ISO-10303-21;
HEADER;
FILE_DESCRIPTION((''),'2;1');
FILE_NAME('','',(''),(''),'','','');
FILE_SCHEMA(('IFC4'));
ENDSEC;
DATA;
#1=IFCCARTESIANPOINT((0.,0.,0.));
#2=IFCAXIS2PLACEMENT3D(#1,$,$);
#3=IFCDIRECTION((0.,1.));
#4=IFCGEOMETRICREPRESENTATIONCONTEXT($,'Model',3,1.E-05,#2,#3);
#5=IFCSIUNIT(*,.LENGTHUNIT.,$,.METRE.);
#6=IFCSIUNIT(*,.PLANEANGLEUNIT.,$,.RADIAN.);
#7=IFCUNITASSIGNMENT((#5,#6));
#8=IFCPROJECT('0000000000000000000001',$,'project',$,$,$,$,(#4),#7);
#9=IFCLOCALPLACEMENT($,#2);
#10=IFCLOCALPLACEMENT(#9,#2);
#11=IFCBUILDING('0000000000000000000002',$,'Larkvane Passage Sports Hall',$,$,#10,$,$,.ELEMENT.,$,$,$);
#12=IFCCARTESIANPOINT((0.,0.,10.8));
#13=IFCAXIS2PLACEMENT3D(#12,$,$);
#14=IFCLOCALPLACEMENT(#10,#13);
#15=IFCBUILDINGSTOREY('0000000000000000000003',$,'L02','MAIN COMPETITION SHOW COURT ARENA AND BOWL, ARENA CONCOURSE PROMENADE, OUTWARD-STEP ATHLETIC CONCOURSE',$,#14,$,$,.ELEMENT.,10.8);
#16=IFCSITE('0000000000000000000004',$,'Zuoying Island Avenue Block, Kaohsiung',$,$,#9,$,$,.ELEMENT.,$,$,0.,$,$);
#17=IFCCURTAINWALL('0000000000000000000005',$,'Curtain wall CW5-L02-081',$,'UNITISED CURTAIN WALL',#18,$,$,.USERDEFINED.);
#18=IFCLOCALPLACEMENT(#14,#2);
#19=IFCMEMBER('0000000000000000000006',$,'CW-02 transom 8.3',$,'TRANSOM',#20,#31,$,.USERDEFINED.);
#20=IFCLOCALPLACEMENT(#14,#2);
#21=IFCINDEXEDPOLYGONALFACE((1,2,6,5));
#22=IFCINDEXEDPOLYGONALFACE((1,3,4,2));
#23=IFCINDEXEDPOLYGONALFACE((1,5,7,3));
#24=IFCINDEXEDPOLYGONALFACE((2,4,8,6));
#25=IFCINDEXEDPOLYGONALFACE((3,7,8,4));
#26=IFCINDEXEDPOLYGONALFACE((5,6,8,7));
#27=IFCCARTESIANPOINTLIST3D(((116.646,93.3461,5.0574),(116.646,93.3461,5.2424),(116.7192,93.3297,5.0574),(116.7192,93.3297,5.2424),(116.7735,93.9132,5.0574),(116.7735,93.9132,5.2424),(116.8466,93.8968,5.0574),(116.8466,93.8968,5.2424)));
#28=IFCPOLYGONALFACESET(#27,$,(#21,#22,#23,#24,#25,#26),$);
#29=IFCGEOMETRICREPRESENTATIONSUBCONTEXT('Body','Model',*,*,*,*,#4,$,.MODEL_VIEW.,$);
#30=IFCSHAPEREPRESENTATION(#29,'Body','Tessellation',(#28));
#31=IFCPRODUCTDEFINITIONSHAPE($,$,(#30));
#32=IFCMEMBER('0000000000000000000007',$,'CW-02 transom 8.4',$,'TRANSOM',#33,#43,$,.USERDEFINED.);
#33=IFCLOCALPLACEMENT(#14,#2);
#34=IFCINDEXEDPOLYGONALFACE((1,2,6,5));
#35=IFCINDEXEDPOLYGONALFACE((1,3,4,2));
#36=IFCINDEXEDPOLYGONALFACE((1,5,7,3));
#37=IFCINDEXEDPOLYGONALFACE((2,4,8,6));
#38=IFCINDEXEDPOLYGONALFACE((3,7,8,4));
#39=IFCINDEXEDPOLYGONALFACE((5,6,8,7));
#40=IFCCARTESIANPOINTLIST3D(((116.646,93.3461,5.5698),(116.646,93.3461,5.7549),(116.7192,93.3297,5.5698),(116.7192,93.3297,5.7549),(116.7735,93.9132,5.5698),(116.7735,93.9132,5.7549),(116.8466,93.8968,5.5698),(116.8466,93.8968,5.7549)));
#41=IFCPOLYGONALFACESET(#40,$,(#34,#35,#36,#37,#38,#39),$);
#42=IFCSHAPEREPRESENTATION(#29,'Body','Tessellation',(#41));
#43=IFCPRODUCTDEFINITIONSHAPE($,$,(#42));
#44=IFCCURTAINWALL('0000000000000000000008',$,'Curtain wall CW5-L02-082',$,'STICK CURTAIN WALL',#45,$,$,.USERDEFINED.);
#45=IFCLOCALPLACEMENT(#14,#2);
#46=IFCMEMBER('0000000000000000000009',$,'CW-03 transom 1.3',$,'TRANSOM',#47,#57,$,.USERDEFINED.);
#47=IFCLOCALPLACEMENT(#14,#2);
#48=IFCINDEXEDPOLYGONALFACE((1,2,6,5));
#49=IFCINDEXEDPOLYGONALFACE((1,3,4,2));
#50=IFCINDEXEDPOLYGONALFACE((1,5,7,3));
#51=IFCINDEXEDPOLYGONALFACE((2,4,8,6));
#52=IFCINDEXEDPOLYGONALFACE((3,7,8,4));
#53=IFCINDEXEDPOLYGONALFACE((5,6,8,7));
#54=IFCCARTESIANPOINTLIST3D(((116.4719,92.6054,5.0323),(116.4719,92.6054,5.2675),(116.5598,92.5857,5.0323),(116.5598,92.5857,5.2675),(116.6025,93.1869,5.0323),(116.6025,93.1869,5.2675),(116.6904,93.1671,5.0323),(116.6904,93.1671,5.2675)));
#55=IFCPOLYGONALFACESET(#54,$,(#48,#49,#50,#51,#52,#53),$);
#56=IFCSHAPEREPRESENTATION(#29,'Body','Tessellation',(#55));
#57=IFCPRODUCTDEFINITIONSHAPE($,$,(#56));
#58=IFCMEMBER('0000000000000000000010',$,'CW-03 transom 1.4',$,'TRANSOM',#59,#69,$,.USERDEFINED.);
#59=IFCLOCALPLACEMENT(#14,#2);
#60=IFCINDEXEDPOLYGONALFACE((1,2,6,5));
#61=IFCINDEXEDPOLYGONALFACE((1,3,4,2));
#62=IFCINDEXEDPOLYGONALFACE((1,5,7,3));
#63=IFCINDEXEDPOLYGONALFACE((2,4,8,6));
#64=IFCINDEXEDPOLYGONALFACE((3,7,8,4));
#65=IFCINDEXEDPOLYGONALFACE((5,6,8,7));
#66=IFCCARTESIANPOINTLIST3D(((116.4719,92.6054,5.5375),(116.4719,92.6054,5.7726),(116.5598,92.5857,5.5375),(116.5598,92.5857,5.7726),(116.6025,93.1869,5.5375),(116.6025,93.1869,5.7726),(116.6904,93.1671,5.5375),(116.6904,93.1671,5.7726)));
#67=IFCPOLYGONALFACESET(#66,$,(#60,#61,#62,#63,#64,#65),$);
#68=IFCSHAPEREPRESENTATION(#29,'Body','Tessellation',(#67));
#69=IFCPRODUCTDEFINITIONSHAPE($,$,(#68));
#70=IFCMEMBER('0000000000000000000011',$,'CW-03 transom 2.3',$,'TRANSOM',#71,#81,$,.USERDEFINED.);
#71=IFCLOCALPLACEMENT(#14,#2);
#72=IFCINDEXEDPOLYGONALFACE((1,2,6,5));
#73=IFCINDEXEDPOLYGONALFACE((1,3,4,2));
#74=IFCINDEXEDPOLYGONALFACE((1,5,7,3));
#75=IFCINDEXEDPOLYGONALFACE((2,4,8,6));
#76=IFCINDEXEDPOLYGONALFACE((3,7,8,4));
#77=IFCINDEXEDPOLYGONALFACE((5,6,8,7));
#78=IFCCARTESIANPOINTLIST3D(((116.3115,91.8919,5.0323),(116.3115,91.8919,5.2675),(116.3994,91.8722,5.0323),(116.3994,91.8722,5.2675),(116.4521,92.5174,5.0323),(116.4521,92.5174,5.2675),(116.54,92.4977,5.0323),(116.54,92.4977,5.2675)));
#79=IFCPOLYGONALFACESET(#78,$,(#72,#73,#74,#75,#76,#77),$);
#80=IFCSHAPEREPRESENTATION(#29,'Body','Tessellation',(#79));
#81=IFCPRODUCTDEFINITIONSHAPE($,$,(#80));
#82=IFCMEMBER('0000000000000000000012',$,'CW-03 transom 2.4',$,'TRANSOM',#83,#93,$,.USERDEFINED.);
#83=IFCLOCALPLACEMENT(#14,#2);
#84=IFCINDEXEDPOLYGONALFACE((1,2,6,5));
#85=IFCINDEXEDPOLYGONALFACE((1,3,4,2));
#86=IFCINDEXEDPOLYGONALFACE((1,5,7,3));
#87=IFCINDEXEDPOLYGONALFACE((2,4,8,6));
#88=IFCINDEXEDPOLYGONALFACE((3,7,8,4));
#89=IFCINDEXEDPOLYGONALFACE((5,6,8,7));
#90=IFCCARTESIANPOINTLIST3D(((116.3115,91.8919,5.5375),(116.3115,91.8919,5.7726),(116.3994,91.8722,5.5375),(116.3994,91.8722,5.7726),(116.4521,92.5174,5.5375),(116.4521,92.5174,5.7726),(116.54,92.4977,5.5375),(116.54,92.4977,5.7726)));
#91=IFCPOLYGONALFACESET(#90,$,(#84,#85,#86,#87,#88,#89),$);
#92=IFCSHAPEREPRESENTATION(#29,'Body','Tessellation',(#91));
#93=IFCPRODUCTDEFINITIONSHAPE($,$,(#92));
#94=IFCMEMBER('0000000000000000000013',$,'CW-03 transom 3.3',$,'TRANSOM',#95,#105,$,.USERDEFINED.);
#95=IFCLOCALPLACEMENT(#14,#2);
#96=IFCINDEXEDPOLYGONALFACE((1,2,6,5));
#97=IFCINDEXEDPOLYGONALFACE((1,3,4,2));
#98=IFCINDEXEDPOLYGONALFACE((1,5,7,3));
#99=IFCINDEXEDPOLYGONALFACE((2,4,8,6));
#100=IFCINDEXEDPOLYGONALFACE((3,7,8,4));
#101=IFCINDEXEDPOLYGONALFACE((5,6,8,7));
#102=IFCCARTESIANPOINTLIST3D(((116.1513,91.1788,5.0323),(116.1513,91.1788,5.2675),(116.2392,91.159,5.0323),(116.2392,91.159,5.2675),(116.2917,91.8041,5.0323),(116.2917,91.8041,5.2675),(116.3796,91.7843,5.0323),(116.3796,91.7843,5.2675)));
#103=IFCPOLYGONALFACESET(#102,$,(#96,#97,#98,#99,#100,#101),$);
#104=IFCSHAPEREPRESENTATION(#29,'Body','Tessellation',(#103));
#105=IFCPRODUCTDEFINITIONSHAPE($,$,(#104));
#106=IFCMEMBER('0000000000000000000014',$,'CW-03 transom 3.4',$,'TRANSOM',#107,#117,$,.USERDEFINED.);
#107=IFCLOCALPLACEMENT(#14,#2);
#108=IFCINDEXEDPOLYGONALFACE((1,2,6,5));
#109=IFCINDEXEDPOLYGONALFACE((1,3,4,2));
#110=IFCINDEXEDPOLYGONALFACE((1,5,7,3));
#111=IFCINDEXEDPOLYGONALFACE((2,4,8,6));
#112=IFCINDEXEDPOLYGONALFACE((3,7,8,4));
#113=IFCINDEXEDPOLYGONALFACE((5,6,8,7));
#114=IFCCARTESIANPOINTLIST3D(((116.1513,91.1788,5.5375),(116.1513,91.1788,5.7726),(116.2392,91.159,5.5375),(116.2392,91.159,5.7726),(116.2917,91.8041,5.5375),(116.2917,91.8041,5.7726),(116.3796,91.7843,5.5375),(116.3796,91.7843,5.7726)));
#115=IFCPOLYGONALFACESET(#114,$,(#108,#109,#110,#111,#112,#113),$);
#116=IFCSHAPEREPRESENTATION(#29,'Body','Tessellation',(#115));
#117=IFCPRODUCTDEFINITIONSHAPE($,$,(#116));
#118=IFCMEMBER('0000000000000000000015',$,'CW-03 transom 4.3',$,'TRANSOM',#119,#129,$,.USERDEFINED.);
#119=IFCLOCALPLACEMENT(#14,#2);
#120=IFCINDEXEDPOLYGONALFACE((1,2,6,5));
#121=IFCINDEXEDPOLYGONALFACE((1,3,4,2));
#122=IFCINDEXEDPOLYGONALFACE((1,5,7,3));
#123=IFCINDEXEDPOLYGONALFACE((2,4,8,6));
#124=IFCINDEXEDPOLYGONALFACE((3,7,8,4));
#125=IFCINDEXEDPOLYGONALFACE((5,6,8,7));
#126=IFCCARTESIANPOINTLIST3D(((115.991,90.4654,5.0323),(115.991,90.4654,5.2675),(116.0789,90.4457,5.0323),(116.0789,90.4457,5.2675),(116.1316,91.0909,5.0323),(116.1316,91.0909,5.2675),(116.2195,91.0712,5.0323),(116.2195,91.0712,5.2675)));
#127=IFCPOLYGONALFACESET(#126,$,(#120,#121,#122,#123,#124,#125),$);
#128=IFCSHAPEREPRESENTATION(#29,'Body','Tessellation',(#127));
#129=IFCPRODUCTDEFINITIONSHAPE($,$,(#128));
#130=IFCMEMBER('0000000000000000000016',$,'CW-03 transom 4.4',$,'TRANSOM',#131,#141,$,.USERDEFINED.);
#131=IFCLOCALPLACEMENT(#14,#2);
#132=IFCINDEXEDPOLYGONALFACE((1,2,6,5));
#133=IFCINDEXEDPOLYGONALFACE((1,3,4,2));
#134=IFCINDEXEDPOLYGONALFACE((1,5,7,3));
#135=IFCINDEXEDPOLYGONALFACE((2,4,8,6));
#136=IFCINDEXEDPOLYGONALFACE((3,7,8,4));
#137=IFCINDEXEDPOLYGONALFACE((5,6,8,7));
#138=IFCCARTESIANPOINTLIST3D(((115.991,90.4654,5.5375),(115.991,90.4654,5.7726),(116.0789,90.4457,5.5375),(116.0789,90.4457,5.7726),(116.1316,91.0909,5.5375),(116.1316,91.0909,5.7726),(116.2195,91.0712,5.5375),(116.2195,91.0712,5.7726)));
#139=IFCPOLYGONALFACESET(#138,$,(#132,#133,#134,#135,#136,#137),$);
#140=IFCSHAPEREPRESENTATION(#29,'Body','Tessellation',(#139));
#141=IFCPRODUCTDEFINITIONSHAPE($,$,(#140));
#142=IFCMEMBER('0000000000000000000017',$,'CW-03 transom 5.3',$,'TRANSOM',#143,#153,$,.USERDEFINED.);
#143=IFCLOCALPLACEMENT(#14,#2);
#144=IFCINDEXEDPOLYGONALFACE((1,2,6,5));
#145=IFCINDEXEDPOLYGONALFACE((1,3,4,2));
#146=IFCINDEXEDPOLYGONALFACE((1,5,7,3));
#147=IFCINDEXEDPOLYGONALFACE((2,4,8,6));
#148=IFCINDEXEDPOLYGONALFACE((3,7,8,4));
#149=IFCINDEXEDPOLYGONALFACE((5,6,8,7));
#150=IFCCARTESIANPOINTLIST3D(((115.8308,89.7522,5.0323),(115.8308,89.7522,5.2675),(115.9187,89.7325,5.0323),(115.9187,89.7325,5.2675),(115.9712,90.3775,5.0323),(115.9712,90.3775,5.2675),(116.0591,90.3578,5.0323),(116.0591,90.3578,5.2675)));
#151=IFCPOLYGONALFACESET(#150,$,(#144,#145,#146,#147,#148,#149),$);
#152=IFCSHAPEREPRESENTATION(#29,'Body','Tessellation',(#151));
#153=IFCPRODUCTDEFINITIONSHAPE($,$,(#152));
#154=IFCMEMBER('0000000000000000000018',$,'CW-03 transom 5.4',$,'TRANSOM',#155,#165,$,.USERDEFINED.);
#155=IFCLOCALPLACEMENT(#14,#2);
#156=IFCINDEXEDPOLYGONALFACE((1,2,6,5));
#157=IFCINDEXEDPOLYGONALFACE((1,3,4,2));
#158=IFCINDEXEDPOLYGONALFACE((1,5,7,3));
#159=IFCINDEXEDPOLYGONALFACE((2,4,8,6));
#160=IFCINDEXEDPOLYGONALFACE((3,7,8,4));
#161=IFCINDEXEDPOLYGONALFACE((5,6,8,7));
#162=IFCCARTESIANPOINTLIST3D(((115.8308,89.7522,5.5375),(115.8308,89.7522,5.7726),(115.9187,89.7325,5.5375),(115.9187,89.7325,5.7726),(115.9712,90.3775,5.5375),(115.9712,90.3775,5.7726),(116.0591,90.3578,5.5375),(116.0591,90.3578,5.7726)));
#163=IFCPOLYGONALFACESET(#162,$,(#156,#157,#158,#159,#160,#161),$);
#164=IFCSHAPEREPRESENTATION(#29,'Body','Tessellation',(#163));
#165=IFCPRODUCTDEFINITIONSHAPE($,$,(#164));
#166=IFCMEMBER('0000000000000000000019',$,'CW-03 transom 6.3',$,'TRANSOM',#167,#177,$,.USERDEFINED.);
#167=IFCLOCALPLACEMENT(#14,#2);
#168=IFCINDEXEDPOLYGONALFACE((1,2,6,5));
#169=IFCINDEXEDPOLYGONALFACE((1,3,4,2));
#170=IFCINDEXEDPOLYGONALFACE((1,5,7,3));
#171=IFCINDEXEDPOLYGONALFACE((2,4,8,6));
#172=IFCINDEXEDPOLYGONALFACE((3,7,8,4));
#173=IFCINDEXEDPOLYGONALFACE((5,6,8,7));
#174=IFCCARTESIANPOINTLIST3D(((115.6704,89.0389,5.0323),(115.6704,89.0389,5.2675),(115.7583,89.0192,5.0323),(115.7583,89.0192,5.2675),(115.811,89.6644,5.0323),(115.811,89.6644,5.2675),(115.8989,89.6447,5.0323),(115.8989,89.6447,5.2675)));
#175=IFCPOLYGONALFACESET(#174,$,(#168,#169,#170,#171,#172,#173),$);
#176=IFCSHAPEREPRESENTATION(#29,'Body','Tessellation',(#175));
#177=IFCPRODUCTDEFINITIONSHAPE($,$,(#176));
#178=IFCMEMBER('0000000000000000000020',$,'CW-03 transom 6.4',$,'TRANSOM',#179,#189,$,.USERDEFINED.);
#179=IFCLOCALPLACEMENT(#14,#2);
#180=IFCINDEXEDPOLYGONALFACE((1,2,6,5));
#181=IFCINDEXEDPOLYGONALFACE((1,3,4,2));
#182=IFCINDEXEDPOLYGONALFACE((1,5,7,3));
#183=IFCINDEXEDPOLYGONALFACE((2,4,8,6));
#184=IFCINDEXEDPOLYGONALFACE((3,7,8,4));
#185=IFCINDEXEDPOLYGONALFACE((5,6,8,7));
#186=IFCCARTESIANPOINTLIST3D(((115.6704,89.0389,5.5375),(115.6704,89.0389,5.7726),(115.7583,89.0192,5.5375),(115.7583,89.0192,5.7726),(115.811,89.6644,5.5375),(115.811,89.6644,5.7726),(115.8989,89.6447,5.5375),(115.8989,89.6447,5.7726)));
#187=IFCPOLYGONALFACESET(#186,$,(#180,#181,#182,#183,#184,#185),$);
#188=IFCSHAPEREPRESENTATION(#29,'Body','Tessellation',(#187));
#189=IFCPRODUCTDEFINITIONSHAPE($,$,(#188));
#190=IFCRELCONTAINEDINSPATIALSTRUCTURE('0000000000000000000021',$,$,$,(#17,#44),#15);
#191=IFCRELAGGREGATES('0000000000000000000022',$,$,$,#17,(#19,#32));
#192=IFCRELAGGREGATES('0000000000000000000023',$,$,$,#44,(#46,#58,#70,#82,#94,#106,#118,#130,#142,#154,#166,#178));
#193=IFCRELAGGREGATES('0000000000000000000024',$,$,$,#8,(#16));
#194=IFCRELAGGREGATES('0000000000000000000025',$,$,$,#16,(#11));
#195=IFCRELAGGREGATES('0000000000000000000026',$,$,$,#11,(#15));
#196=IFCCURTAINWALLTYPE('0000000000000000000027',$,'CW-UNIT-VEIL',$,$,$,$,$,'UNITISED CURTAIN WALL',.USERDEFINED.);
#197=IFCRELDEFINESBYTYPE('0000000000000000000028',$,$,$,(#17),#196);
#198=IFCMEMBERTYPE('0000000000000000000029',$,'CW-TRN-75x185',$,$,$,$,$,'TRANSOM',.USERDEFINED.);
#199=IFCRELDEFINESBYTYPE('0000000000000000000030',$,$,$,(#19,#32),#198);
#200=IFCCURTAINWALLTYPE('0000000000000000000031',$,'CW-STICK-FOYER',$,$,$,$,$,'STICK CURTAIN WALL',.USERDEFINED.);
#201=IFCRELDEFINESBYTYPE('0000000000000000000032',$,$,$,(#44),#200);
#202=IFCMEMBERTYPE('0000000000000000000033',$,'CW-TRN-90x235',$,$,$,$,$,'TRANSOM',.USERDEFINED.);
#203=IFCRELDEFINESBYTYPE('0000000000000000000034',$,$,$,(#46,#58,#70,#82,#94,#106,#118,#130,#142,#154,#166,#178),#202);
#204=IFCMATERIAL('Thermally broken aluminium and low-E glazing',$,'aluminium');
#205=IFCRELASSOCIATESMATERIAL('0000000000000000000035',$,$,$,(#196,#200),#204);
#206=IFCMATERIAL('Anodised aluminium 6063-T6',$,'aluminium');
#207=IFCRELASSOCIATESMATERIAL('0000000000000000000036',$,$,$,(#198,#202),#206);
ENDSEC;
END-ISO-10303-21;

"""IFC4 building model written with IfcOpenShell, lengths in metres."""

from ifc_helpers import new_model, si_unit, direction, frame, origin, origin_2d, place, context, subcontext, project, spatial, rectangle, extrude, material, material_profile, profile_set, type_object, element, aggregate, save


model = new_model("IFC4")

# Units and contexts
model_context = context("Model", 3, precision=1e-05, world=origin(), true_north=direction((0.0, 1.0)))
body_context = subcontext(model_context, "Body", "Model", "MODEL_VIEW")
ifc_project = project(units=[si_unit("LENGTHUNIT", "METRE"), si_unit("PLANEANGLEUNIT", "RADIAN")], contexts=[model_context])

# Site, building, storey
site_placement = place(None, origin())
site = spatial("IfcSite", under=ifc_project, at=site_placement, Name="Zuoying Island Avenue Block, Kaohsiung", CompositionType="ELEMENT", RefElevation=0.0)
building_placement = place(site_placement, origin())
building = spatial("IfcBuilding", under=site, at=building_placement, Name="Larkvane Passage Sports Hall", CompositionType="ELEMENT")
storey_placement = place(building_placement, frame((0.0, 0.0, 10.8)))
storey = spatial("IfcBuildingStorey", under=building, at=storey_placement, Name="L02", Description="MAIN COMPETITION SHOW COURT ARENA AND BOWL, ARENA CONCOURSE PROMENADE, OUTWARD-STEP ATHLETIC CONCOURSE", CompositionType="ELEMENT", Elevation=10.8)

# Curtain walls, members
ifc_material_1 = material(Name="Thermally broken aluminium and low-E glazing", Category="aluminium")
curtain_wall_type_1 = type_object("IfcCurtainWallType", Name="CW-UNIT-VEIL", ElementType="UNITISED CURTAIN WALL", PredefinedType="USERDEFINED", material=ifc_material_1)
curtain_wall_1_placement = place(storey_placement, origin())
curtain_wall_1 = element("IfcCurtainWall", 1, at=curtain_wall_1_placement, inside=storey, type_object=curtain_wall_type_1, Name="Curtain wall CW5-L02-081", ObjectType="UNITISED CURTAIN WALL", PredefinedType="USERDEFINED")
ifc_material_2 = material(Name="Anodised aluminium 6063-T6", Category="aluminium")
ifc_material_profile_1 = material_profile(ifc_material_2, rectangle(XDim=0.075, YDim=0.1851, at=origin_2d()), Name="ALU-TRN-75x185")
ifc_profile_set_1 = profile_set([ifc_material_profile_1], Name="Anodised aluminium 6063-T6")
member_type_1 = type_object("IfcMemberType", Name="CW-TRN-75x185", ElementType="TRANSOM", PredefinedType="USERDEFINED", material=ifc_profile_set_1)
member_1_placement = place(storey_placement, frame((116.8101, 93.905, 5.1499), z_axis=(-0.219242, -0.97567, 0.0), x_axis=(0.97567, -0.219242, 0.0)))
member_1 = element("IfcMember", 2, at=member_1_placement, type_object=member_type_1, Name="CW-02 transom 8.3", ObjectType="TRANSOM", PredefinedType="USERDEFINED", context=body_context, shape_type="SweptSolid", body=[
    extrude(rectangle(XDim=0.075, YDim=0.1851, at=origin_2d()), origin(), (0.0, 0.0, 1.0), 0.5813),
])
member_2_placement = place(storey_placement, frame((116.8101, 93.905, 5.6624), z_axis=(-0.219242, -0.97567, 0.0), x_axis=(0.97567, -0.219242, 0.0)))
member_2 = element("IfcMember", 3, at=member_2_placement, type_object=member_type_1, Name="CW-02 transom 8.4", ObjectType="TRANSOM", PredefinedType="USERDEFINED", context=body_context, shape_type="SweptSolid", body=[
    extrude(rectangle(XDim=0.075, YDim=0.1851, at=origin_2d()), origin(), (0.0, 0.0, 1.0), 0.5813),
])
curtain_wall_type_2 = type_object("IfcCurtainWallType", Name="CW-STICK-FOYER", ElementType="STICK CURTAIN WALL", PredefinedType="USERDEFINED", material=ifc_material_1)
curtain_wall_2_placement = place(storey_placement, origin())
curtain_wall_2 = element("IfcCurtainWall", 4, at=curtain_wall_2_placement, inside=storey, type_object=curtain_wall_type_2, Name="Curtain wall CW5-L02-082", ObjectType="STICK CURTAIN WALL", PredefinedType="USERDEFINED")
ifc_material_profile_2 = material_profile(ifc_material_2, rectangle(XDim=0.0901, YDim=0.2351, at=origin_2d()), Name="ALU-TRN-90x235")
ifc_profile_set_2 = profile_set([ifc_material_profile_2], Name="Anodised aluminium 6063-T6")
member_type_2 = type_object("IfcMemberType", Name="CW-TRN-90x235", ElementType="TRANSOM", PredefinedType="USERDEFINED", material=ifc_profile_set_2)
member_3_placement = place(storey_placement, frame((116.6465, 93.177, 5.1499), z_axis=(-0.219142, -0.975693, 0.0), x_axis=(0.975693, -0.219142, 0.0)))
member_3 = element("IfcMember", 5, at=member_3_placement, type_object=member_type_2, Name="CW-03 transom 1.3", ObjectType="TRANSOM", PredefinedType="USERDEFINED", context=body_context, shape_type="SweptSolid", body=[
    extrude(rectangle(XDim=0.0901, YDim=0.2351, at=origin_2d()), origin(), (0.0, 0.0, 1.0), 0.5959),
])
member_4_placement = place(storey_placement, frame((116.6465, 93.177, 5.655), z_axis=(-0.219142, -0.975693, 0.0), x_axis=(0.975693, -0.219142, 0.0)))
member_4 = element("IfcMember", 6, at=member_4_placement, type_object=member_type_2, Name="CW-03 transom 1.4", ObjectType="TRANSOM", PredefinedType="USERDEFINED", context=body_context, shape_type="SweptSolid", body=[
    extrude(rectangle(XDim=0.0901, YDim=0.2351, at=origin_2d()), origin(), (0.0, 0.0, 1.0), 0.5959),
])
member_5_placement = place(storey_placement, frame((116.4961, 92.5076, 5.1499), z_axis=(-0.219349, -0.975646, 0.0), x_axis=(0.975646, -0.219349, 0.0)))
member_5 = element("IfcMember", 7, at=member_5_placement, type_object=member_type_2, Name="CW-03 transom 2.3", ObjectType="TRANSOM", PredefinedType="USERDEFINED", context=body_context, shape_type="SweptSolid", body=[
    extrude(rectangle(XDim=0.0901, YDim=0.2351, at=origin_2d()), origin(), (0.0, 0.0, 1.0), 0.6411),
])
member_6_placement = place(storey_placement, frame((116.4961, 92.5076, 5.655), z_axis=(-0.219349, -0.975646, 0.0), x_axis=(0.975646, -0.219349, 0.0)))
member_6 = element("IfcMember", 8, at=member_6_placement, type_object=member_type_2, Name="CW-03 transom 2.4", ObjectType="TRANSOM", PredefinedType="USERDEFINED", context=body_context, shape_type="SweptSolid", body=[
    extrude(rectangle(XDim=0.0901, YDim=0.2351, at=origin_2d()), origin(), (0.0, 0.0, 1.0), 0.6411),
])
member_7_placement = place(storey_placement, frame((116.3357, 91.7942, 5.1499), z_axis=(-0.219068, -0.97571, 0.0), x_axis=(0.97571, -0.219068, 0.0)))
member_7 = element("IfcMember", 9, at=member_7_placement, type_object=member_type_2, Name="CW-03 transom 3.3", ObjectType="TRANSOM", PredefinedType="USERDEFINED", context=body_context, shape_type="SweptSolid", body=[
    extrude(rectangle(XDim=0.0901, YDim=0.2351, at=origin_2d()), origin(), (0.0, 0.0, 1.0), 0.6409),
])
member_8_placement = place(storey_placement, frame((116.3357, 91.7942, 5.655), z_axis=(-0.219068, -0.97571, 0.0), x_axis=(0.97571, -0.219068, 0.0)))
member_8 = element("IfcMember", 10, at=member_8_placement, type_object=member_type_2, Name="CW-03 transom 3.4", ObjectType="TRANSOM", PredefinedType="USERDEFINED", context=body_context, shape_type="SweptSolid", body=[
    extrude(rectangle(XDim=0.0901, YDim=0.2351, at=origin_2d()), origin(), (0.0, 0.0, 1.0), 0.6409),
])
member_9_placement = place(storey_placement, frame((116.1755, 91.0811, 5.1499), z_axis=(-0.219349, -0.975646, 0.0), x_axis=(0.975646, -0.219349, 0.0)))
member_9 = element("IfcMember", 11, at=member_9_placement, type_object=member_type_2, Name="CW-03 transom 4.3", ObjectType="TRANSOM", PredefinedType="USERDEFINED", context=body_context, shape_type="SweptSolid", body=[
    extrude(rectangle(XDim=0.0901, YDim=0.2351, at=origin_2d()), origin(), (0.0, 0.0, 1.0), 0.6411),
])
member_10_placement = place(storey_placement, frame((116.1755, 91.0811, 5.655), z_axis=(-0.219349, -0.975646, 0.0), x_axis=(0.975646, -0.219349, 0.0)))
member_10 = element("IfcMember", 12, at=member_10_placement, type_object=member_type_2, Name="CW-03 transom 4.4", ObjectType="TRANSOM", PredefinedType="USERDEFINED", context=body_context, shape_type="SweptSolid", body=[
    extrude(rectangle(XDim=0.0901, YDim=0.2351, at=origin_2d()), origin(), (0.0, 0.0, 1.0), 0.6411),
])
member_11_placement = place(storey_placement, frame((116.0151, 90.3677, 5.1499), z_axis=(-0.219068, -0.97571, 0.0), x_axis=(0.97571, -0.219068, 0.0)))
member_11 = element("IfcMember", 13, at=member_11_placement, type_object=member_type_2, Name="CW-03 transom 5.3", ObjectType="TRANSOM", PredefinedType="USERDEFINED", context=body_context, shape_type="SweptSolid", body=[
    extrude(rectangle(XDim=0.0901, YDim=0.2351, at=origin_2d()), origin(), (0.0, 0.0, 1.0), 0.6409),
])
member_12_placement = place(storey_placement, frame((116.0151, 90.3677, 5.655), z_axis=(-0.219068, -0.97571, 0.0), x_axis=(0.97571, -0.219068, 0.0)))
member_12 = element("IfcMember", 14, at=member_12_placement, type_object=member_type_2, Name="CW-03 transom 5.4", ObjectType="TRANSOM", PredefinedType="USERDEFINED", context=body_context, shape_type="SweptSolid", body=[
    extrude(rectangle(XDim=0.0901, YDim=0.2351, at=origin_2d()), origin(), (0.0, 0.0, 1.0), 0.6409),
])
member_13_placement = place(storey_placement, frame((115.855, 89.6545, 5.1499), z_axis=(-0.219349, -0.975646, 0.0), x_axis=(0.975646, -0.219349, 0.0)))
member_13 = element("IfcMember", 15, at=member_13_placement, type_object=member_type_2, Name="CW-03 transom 6.3", ObjectType="TRANSOM", PredefinedType="USERDEFINED", context=body_context, shape_type="SweptSolid", body=[
    extrude(rectangle(XDim=0.0901, YDim=0.2351, at=origin_2d()), origin(), (0.0, 0.0, 1.0), 0.6411),
])
member_14_placement = place(storey_placement, frame((115.855, 89.6545, 5.655), z_axis=(-0.219349, -0.975646, 0.0), x_axis=(0.975646, -0.219349, 0.0)))
member_14 = element("IfcMember", 16, at=member_14_placement, type_object=member_type_2, Name="CW-03 transom 6.4", ObjectType="TRANSOM", PredefinedType="USERDEFINED", context=body_context, shape_type="SweptSolid", body=[
    extrude(rectangle(XDim=0.0901, YDim=0.2351, at=origin_2d()), origin(), (0.0, 0.0, 1.0), 0.6411),
])

aggregate(curtain_wall_1, [member_1, member_2])
aggregate(curtain_wall_2, [member_3, member_4, member_5, member_6, member_7, member_8, member_9, member_10, member_11, member_12, member_13, member_14])

save(model, "model.ifc")
